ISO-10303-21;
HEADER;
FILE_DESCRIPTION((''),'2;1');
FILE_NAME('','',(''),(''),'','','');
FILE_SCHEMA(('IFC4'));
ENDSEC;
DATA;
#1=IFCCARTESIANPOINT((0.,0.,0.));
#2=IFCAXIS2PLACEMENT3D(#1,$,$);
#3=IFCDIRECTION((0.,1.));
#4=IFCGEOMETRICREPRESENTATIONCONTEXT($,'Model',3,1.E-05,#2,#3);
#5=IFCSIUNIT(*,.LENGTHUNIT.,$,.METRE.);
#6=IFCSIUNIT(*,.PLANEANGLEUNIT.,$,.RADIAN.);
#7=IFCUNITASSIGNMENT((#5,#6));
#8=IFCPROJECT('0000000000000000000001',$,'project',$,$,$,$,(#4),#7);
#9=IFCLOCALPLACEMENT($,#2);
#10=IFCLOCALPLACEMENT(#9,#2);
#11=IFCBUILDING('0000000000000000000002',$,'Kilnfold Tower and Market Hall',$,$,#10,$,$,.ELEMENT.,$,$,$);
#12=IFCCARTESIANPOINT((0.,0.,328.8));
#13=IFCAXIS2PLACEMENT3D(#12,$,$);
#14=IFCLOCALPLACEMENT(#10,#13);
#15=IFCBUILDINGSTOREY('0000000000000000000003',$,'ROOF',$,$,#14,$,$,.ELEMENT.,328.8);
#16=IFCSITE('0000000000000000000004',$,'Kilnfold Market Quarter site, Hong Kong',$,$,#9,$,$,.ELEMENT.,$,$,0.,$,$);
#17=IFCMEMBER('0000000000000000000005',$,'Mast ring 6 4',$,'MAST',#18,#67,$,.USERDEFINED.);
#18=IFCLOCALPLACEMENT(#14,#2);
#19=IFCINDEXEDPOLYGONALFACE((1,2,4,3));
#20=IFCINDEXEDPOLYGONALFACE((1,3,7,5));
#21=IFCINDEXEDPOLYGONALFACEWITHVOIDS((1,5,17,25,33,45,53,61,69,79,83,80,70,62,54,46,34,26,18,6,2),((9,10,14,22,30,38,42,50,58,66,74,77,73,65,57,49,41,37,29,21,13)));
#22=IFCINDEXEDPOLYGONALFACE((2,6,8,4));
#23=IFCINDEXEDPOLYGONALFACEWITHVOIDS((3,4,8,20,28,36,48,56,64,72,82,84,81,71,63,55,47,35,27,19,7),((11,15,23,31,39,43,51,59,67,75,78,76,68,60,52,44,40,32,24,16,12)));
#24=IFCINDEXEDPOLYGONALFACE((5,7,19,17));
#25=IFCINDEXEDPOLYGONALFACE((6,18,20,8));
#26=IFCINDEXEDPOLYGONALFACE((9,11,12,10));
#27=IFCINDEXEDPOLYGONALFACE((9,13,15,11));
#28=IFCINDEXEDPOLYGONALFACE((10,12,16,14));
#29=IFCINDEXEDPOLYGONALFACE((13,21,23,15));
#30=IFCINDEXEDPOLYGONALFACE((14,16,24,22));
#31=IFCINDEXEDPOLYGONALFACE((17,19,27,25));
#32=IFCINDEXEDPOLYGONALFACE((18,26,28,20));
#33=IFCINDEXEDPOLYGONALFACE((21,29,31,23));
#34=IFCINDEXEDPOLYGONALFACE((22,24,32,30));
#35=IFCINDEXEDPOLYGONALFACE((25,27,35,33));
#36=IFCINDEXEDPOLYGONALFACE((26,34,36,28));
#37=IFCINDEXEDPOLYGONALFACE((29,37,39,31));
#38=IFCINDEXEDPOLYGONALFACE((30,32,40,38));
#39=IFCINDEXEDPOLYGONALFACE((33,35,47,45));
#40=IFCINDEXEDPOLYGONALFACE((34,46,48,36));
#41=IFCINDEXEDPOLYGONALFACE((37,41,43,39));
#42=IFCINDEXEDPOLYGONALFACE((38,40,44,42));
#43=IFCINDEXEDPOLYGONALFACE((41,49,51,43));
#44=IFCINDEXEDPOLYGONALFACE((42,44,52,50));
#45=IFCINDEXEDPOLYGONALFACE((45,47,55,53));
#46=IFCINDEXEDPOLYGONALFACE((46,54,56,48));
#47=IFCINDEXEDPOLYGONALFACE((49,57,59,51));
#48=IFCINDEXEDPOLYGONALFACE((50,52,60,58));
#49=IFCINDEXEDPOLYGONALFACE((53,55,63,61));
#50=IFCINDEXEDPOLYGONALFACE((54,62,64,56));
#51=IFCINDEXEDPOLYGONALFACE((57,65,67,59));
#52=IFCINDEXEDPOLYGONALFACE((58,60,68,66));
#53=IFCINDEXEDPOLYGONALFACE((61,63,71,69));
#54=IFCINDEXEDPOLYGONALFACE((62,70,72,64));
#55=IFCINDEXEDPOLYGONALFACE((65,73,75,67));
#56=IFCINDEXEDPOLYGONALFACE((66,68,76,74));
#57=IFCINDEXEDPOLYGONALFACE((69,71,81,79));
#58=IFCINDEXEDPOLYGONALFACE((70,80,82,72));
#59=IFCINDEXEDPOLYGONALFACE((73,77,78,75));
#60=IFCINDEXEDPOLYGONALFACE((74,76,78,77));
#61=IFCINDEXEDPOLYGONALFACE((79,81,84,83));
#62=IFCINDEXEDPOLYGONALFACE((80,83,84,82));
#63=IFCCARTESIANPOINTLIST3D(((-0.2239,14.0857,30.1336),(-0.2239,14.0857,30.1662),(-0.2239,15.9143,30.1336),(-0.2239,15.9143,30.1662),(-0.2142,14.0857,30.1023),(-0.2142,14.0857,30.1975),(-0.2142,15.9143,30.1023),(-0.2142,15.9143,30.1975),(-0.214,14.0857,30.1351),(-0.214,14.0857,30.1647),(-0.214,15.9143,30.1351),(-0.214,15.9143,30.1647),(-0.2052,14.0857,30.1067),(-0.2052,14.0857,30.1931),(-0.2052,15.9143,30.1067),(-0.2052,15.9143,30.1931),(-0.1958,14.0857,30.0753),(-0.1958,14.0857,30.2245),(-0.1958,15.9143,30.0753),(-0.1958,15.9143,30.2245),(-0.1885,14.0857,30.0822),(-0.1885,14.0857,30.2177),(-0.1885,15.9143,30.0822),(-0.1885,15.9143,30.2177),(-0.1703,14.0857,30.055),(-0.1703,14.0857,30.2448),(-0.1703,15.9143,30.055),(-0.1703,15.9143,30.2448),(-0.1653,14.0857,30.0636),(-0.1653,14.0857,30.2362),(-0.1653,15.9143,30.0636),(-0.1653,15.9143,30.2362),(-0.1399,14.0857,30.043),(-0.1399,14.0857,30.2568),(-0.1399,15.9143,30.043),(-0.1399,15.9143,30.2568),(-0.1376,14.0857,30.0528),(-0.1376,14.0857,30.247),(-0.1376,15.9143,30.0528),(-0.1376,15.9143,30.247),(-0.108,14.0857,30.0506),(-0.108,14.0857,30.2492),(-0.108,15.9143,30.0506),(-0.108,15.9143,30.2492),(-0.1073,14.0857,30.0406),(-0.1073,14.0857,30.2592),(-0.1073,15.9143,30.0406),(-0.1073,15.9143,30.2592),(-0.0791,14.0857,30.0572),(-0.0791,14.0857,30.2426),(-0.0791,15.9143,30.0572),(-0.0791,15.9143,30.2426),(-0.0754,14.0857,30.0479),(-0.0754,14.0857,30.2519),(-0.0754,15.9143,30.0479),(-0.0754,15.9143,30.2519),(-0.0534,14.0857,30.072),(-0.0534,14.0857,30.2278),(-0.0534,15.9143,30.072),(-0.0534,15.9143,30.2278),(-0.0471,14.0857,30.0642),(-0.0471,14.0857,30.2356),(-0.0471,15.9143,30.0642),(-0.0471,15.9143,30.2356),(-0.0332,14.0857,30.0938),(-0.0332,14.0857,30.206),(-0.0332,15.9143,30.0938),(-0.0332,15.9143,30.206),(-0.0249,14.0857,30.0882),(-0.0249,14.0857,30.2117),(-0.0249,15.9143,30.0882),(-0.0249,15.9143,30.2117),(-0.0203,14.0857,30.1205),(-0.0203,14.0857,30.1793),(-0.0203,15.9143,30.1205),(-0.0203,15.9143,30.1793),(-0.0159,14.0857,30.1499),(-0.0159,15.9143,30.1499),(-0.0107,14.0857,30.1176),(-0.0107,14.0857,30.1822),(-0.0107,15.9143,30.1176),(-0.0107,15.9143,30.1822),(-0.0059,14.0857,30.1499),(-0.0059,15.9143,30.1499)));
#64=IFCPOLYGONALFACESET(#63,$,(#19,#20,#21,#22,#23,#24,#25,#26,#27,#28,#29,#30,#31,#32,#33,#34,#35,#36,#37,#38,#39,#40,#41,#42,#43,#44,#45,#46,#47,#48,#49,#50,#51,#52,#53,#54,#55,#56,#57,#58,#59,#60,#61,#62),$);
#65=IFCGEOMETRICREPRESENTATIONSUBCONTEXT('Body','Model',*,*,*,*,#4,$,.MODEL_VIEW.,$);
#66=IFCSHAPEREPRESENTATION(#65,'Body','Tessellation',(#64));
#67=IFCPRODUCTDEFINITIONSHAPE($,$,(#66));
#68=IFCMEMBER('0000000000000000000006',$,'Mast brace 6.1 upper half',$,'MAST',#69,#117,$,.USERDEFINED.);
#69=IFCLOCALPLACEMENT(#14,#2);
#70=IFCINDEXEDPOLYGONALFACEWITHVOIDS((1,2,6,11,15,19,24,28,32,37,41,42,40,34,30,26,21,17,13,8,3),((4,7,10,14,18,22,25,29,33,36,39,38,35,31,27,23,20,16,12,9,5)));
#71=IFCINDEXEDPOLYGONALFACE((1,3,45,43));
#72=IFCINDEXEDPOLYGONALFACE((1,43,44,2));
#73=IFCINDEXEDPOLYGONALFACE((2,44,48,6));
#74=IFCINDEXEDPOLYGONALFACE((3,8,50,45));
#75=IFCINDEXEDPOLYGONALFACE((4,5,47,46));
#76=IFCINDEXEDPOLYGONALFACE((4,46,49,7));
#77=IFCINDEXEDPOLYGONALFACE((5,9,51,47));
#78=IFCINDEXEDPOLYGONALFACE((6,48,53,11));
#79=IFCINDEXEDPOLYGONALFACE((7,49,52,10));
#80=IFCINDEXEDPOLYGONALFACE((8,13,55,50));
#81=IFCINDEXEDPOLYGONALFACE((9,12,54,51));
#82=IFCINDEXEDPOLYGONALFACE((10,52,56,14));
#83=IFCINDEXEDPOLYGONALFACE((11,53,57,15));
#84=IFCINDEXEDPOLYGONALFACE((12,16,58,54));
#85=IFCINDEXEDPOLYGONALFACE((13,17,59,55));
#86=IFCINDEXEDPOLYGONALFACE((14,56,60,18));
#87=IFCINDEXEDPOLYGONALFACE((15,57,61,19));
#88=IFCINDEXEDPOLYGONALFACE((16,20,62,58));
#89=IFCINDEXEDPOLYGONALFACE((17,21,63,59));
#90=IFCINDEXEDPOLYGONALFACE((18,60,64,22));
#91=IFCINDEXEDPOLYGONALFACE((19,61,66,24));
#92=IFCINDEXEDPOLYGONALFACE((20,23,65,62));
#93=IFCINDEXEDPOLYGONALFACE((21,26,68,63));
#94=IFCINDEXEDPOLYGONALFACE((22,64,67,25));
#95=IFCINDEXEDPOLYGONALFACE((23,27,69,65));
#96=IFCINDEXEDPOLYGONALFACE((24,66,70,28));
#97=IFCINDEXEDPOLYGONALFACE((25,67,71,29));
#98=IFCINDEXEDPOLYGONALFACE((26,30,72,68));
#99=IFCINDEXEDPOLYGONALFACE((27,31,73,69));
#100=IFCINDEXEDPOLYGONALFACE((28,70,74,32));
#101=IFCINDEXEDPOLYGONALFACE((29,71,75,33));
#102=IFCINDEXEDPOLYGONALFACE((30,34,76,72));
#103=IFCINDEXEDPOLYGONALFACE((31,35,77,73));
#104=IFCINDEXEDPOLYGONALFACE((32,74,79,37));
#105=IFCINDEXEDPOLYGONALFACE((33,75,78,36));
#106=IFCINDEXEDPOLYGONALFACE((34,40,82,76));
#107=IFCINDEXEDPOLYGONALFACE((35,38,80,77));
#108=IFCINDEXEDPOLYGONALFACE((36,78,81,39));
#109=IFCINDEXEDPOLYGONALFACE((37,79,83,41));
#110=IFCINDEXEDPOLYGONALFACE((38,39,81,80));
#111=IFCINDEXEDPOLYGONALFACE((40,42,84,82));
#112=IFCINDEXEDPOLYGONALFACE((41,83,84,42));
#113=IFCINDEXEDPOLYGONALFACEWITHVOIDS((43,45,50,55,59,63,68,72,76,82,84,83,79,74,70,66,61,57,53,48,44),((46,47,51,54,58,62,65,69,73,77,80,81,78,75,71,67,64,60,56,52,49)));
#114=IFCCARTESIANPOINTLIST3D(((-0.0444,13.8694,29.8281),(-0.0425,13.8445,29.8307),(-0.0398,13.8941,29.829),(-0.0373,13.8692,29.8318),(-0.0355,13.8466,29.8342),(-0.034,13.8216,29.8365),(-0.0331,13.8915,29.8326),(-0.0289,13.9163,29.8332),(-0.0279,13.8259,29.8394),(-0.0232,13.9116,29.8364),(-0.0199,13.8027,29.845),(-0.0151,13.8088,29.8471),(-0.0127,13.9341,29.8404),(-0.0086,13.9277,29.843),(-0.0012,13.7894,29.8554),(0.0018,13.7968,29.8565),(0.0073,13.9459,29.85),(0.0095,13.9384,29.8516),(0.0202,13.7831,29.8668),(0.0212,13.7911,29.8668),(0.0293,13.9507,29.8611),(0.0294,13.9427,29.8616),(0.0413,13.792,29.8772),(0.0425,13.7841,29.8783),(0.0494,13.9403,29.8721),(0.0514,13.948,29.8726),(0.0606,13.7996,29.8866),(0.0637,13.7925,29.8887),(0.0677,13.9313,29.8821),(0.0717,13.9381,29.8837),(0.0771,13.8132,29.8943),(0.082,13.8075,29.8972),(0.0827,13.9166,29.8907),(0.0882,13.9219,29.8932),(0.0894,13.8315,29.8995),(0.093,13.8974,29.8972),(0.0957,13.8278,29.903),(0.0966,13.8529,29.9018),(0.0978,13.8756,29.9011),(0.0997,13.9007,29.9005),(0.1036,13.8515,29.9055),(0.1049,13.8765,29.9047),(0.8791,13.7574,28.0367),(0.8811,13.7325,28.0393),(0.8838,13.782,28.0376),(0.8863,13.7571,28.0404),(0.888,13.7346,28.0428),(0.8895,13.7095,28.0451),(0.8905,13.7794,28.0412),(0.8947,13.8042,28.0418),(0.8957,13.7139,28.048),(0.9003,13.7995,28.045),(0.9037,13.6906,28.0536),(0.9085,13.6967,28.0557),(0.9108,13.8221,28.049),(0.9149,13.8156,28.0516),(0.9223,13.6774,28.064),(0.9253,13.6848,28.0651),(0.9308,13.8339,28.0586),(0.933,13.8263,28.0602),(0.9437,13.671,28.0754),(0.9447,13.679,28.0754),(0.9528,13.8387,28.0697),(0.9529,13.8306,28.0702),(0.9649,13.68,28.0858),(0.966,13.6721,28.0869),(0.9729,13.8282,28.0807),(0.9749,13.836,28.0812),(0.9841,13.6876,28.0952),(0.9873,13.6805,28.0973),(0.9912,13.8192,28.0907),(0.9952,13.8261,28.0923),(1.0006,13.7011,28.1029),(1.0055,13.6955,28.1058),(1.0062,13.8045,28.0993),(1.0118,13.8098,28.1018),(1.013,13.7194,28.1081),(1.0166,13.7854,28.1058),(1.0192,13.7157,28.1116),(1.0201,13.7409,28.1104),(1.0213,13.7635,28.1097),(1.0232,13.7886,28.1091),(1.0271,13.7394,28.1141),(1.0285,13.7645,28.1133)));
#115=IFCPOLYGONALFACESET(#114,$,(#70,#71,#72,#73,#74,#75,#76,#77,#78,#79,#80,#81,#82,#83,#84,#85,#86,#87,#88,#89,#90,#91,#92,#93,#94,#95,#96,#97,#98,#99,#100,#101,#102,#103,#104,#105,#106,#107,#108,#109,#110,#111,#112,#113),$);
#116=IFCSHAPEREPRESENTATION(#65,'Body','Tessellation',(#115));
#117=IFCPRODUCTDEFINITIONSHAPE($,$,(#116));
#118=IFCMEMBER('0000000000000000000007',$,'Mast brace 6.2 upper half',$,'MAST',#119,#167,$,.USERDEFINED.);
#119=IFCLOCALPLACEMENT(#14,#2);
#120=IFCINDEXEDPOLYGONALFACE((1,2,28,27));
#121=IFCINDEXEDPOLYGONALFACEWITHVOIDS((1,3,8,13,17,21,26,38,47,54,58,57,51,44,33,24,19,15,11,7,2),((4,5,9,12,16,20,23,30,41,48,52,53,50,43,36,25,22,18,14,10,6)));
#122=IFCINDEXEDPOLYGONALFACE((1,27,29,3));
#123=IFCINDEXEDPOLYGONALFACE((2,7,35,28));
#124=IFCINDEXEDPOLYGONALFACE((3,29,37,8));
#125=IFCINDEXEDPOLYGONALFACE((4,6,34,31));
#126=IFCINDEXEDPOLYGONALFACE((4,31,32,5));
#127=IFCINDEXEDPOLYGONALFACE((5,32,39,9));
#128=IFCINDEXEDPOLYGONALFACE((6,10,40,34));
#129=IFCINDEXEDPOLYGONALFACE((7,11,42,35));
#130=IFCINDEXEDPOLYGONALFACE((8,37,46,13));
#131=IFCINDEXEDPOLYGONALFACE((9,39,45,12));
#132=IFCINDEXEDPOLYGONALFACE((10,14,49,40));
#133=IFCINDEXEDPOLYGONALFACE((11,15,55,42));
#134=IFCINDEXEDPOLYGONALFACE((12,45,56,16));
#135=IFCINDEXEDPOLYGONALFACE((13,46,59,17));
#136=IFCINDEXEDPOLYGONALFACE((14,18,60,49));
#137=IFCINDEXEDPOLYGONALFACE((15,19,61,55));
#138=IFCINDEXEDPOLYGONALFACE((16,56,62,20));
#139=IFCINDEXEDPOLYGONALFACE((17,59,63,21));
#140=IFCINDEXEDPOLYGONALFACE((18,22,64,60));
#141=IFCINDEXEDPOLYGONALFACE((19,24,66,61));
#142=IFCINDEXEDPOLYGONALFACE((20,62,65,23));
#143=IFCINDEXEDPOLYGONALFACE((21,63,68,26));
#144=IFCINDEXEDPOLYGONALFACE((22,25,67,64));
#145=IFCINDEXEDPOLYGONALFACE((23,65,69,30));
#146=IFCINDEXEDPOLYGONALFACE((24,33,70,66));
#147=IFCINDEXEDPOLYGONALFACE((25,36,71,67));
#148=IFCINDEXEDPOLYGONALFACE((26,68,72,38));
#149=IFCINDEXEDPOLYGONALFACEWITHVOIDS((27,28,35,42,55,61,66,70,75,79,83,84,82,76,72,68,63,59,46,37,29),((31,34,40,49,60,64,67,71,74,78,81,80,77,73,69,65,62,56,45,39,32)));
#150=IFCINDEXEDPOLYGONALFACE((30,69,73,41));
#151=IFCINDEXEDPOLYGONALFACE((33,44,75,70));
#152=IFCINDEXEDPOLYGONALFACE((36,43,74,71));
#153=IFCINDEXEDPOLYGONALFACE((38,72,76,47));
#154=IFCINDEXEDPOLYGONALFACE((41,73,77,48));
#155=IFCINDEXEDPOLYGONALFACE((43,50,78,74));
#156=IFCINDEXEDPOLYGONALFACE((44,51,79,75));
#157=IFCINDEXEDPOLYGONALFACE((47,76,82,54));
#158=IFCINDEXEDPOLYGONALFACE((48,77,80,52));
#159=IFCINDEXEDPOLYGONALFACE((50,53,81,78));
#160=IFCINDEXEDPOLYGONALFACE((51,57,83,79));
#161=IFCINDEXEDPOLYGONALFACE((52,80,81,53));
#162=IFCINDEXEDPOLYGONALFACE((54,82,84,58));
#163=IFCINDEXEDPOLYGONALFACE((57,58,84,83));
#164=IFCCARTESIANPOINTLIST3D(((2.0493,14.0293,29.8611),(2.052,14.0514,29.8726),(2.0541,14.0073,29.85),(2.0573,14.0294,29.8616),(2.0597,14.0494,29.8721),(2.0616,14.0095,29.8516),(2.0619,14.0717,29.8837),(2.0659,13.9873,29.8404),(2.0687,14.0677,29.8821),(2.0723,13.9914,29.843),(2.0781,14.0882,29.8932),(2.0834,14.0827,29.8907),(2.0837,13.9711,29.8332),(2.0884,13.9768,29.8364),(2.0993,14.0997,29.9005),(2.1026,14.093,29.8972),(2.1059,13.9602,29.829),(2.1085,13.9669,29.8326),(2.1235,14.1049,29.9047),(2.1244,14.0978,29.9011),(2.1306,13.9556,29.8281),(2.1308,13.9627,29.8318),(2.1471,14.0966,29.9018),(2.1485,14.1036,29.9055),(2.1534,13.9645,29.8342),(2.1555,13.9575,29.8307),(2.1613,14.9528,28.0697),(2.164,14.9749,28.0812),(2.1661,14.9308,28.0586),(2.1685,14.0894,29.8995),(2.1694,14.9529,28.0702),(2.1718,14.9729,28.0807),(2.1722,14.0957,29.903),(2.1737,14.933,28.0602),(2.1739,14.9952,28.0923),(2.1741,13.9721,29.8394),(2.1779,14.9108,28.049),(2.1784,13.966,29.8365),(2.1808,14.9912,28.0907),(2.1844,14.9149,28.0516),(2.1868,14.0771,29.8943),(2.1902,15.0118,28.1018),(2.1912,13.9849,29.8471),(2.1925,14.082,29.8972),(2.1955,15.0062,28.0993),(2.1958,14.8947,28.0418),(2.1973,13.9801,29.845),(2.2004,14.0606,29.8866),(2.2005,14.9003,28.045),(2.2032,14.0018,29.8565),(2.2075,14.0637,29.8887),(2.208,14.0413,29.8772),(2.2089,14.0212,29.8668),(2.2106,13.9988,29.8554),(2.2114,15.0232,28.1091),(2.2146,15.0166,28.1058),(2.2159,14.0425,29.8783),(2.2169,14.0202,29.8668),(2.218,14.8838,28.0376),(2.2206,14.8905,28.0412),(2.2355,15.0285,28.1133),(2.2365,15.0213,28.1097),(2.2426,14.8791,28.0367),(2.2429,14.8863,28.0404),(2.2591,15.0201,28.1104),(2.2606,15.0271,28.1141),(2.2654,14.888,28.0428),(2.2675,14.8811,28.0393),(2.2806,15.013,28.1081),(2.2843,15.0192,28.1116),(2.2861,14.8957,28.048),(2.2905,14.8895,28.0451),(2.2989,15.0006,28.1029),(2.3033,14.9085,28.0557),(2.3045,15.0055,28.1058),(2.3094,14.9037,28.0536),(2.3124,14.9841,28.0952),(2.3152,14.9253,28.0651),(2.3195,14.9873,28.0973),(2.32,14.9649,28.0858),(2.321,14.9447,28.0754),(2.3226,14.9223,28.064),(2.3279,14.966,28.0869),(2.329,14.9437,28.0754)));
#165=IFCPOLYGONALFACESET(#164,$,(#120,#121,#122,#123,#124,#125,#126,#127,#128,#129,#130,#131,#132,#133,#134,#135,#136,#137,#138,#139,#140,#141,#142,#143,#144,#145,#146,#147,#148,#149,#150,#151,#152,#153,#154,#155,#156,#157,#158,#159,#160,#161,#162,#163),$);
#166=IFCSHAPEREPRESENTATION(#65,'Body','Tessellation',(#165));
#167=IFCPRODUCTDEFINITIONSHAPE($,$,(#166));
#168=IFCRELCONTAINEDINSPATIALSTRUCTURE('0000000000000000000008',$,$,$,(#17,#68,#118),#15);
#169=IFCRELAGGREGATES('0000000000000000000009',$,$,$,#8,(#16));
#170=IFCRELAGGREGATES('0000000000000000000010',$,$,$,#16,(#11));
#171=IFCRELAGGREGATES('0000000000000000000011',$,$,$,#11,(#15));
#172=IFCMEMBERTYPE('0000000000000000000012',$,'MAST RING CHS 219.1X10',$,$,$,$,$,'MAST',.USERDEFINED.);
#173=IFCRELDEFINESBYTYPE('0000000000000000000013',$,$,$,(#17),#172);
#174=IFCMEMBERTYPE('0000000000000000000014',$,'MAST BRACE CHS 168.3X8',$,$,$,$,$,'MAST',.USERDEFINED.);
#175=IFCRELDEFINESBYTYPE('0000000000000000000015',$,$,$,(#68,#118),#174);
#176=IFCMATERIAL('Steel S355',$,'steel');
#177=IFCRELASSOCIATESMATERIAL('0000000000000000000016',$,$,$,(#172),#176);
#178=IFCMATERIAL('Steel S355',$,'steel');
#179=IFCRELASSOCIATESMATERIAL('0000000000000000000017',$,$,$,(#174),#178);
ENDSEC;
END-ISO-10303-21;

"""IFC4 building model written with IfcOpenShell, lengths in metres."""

from ifc_helpers import new_model, si_unit, direction, frame, origin, origin_2d, place, context, subcontext, project, spatial, hollow_circle, extrude, source, transform, mapped, material, material_profile, profile_set, type_object, element, save


model = new_model("IFC4")

# Units and contexts
model_context = context("Model", 3, precision=1e-05, world=origin(), true_north=direction((0.0, 1.0)))
body_context = subcontext(model_context, "Body", "Model", "MODEL_VIEW")
ifc_project = project(units=[si_unit("LENGTHUNIT", "METRE"), si_unit("PLANEANGLEUNIT", "RADIAN")], contexts=[model_context])

# Site, building, storey
site_placement = place(None, origin())
site = spatial("IfcSite", under=ifc_project, at=site_placement, Name="Kilnfold Market Quarter site, Hong Kong", CompositionType="ELEMENT", RefElevation=0.0)
building_placement = place(site_placement, origin())
building = spatial("IfcBuilding", under=site, at=building_placement, Name="Kilnfold Tower and Market Hall", CompositionType="ELEMENT")
storey_placement = place(building_placement, frame((0.0, 0.0, 328.8)))
storey = spatial("IfcBuildingStorey", under=building, at=storey_placement, Name="ROOF", CompositionType="ELEMENT", Elevation=328.8)

# Members
ifc_material_1 = material(Name="Steel S355", Category="steel")
ifc_material_profile_1 = material_profile(ifc_material_1, hollow_circle(Radius=0.1096, WallThickness=0.01, at=origin_2d()), Name="CHS 219.1x10")
ifc_profile_set_1 = profile_set([ifc_material_profile_1], Name="Steel S355")
member_type_1 = type_object("IfcMemberType", Name="MAST RING CHS 219.1X10", ElementType="MAST", PredefinedType="USERDEFINED", material=ifc_profile_set_1)
shared_shape_1 = source(origin(), body_context, "Body", "SweptSolid", [
    extrude(hollow_circle(Radius=0.1096, WallThickness=0.01, at=origin_2d()), origin(), (0.0, 0.0, 1.0), 1.8286),
])
for number, where, z_axis, x_axis, name in (
    (1, (-0.1155, 15.9143, 30.1499), (0.0, -1.0, 0.0), (1.0, 0.0, 0.0), "Mast ring 6 4"),
):
    element("IfcMember", number, at=place(storey_placement, frame(where, z_axis=z_axis, x_axis=x_axis)), inside=storey, type_object=member_type_1, Name=name, ObjectType="MAST", PredefinedType="USERDEFINED", context=body_context, shape_type="MappedRepresentation", body=[
        mapped(shared_shape_1, transform((0.0, 0.0, 0.0))),
    ])
ifc_material_2 = material(Name="Steel S355", Category="steel")
ifc_material_profile_2 = material_profile(ifc_material_2, hollow_circle(Radius=0.0842, WallThickness=0.0081, at=origin_2d()), Name="CHS 168.3x8")
ifc_profile_set_2 = profile_set([ifc_material_profile_2], Name="Steel S355")
member_type_2 = type_object("IfcMemberType", Name="MAST BRACE CHS 168.3X8", ElementType="MAST", PredefinedType="USERDEFINED", material=ifc_profile_set_2)
shared_shape_2 = source(origin(), body_context, "Body", "SweptSolid", [
    extrude(hollow_circle(Radius=0.0842, WallThickness=0.0081, at=origin_2d()), origin(), (0.0, 0.0, 1.0), 2.0186),
])
for number, where, z_axis, x_axis, name in (
    (2, (0.9539, 13.7546, 28.0754), (-0.45752, 0.055512, 0.887465), (-0.120449, -0.99272, 0.0), "Mast brace 6.1 upper half"),
    (3, (2.2454, 14.9539, 28.0754), (-0.055512, -0.45752, 0.887465), (0.99272, -0.120449, 0.0), "Mast brace 6.2 upper half"),
):
    element("IfcMember", number, at=place(storey_placement, frame(where, z_axis=z_axis, x_axis=x_axis)), inside=storey, type_object=member_type_2, Name=name, ObjectType="MAST", PredefinedType="USERDEFINED", context=body_context, shape_type="MappedRepresentation", body=[
        mapped(shared_shape_2, transform((0.0, 0.0, 0.0))),
    ])

save(model, "model.ifc")
